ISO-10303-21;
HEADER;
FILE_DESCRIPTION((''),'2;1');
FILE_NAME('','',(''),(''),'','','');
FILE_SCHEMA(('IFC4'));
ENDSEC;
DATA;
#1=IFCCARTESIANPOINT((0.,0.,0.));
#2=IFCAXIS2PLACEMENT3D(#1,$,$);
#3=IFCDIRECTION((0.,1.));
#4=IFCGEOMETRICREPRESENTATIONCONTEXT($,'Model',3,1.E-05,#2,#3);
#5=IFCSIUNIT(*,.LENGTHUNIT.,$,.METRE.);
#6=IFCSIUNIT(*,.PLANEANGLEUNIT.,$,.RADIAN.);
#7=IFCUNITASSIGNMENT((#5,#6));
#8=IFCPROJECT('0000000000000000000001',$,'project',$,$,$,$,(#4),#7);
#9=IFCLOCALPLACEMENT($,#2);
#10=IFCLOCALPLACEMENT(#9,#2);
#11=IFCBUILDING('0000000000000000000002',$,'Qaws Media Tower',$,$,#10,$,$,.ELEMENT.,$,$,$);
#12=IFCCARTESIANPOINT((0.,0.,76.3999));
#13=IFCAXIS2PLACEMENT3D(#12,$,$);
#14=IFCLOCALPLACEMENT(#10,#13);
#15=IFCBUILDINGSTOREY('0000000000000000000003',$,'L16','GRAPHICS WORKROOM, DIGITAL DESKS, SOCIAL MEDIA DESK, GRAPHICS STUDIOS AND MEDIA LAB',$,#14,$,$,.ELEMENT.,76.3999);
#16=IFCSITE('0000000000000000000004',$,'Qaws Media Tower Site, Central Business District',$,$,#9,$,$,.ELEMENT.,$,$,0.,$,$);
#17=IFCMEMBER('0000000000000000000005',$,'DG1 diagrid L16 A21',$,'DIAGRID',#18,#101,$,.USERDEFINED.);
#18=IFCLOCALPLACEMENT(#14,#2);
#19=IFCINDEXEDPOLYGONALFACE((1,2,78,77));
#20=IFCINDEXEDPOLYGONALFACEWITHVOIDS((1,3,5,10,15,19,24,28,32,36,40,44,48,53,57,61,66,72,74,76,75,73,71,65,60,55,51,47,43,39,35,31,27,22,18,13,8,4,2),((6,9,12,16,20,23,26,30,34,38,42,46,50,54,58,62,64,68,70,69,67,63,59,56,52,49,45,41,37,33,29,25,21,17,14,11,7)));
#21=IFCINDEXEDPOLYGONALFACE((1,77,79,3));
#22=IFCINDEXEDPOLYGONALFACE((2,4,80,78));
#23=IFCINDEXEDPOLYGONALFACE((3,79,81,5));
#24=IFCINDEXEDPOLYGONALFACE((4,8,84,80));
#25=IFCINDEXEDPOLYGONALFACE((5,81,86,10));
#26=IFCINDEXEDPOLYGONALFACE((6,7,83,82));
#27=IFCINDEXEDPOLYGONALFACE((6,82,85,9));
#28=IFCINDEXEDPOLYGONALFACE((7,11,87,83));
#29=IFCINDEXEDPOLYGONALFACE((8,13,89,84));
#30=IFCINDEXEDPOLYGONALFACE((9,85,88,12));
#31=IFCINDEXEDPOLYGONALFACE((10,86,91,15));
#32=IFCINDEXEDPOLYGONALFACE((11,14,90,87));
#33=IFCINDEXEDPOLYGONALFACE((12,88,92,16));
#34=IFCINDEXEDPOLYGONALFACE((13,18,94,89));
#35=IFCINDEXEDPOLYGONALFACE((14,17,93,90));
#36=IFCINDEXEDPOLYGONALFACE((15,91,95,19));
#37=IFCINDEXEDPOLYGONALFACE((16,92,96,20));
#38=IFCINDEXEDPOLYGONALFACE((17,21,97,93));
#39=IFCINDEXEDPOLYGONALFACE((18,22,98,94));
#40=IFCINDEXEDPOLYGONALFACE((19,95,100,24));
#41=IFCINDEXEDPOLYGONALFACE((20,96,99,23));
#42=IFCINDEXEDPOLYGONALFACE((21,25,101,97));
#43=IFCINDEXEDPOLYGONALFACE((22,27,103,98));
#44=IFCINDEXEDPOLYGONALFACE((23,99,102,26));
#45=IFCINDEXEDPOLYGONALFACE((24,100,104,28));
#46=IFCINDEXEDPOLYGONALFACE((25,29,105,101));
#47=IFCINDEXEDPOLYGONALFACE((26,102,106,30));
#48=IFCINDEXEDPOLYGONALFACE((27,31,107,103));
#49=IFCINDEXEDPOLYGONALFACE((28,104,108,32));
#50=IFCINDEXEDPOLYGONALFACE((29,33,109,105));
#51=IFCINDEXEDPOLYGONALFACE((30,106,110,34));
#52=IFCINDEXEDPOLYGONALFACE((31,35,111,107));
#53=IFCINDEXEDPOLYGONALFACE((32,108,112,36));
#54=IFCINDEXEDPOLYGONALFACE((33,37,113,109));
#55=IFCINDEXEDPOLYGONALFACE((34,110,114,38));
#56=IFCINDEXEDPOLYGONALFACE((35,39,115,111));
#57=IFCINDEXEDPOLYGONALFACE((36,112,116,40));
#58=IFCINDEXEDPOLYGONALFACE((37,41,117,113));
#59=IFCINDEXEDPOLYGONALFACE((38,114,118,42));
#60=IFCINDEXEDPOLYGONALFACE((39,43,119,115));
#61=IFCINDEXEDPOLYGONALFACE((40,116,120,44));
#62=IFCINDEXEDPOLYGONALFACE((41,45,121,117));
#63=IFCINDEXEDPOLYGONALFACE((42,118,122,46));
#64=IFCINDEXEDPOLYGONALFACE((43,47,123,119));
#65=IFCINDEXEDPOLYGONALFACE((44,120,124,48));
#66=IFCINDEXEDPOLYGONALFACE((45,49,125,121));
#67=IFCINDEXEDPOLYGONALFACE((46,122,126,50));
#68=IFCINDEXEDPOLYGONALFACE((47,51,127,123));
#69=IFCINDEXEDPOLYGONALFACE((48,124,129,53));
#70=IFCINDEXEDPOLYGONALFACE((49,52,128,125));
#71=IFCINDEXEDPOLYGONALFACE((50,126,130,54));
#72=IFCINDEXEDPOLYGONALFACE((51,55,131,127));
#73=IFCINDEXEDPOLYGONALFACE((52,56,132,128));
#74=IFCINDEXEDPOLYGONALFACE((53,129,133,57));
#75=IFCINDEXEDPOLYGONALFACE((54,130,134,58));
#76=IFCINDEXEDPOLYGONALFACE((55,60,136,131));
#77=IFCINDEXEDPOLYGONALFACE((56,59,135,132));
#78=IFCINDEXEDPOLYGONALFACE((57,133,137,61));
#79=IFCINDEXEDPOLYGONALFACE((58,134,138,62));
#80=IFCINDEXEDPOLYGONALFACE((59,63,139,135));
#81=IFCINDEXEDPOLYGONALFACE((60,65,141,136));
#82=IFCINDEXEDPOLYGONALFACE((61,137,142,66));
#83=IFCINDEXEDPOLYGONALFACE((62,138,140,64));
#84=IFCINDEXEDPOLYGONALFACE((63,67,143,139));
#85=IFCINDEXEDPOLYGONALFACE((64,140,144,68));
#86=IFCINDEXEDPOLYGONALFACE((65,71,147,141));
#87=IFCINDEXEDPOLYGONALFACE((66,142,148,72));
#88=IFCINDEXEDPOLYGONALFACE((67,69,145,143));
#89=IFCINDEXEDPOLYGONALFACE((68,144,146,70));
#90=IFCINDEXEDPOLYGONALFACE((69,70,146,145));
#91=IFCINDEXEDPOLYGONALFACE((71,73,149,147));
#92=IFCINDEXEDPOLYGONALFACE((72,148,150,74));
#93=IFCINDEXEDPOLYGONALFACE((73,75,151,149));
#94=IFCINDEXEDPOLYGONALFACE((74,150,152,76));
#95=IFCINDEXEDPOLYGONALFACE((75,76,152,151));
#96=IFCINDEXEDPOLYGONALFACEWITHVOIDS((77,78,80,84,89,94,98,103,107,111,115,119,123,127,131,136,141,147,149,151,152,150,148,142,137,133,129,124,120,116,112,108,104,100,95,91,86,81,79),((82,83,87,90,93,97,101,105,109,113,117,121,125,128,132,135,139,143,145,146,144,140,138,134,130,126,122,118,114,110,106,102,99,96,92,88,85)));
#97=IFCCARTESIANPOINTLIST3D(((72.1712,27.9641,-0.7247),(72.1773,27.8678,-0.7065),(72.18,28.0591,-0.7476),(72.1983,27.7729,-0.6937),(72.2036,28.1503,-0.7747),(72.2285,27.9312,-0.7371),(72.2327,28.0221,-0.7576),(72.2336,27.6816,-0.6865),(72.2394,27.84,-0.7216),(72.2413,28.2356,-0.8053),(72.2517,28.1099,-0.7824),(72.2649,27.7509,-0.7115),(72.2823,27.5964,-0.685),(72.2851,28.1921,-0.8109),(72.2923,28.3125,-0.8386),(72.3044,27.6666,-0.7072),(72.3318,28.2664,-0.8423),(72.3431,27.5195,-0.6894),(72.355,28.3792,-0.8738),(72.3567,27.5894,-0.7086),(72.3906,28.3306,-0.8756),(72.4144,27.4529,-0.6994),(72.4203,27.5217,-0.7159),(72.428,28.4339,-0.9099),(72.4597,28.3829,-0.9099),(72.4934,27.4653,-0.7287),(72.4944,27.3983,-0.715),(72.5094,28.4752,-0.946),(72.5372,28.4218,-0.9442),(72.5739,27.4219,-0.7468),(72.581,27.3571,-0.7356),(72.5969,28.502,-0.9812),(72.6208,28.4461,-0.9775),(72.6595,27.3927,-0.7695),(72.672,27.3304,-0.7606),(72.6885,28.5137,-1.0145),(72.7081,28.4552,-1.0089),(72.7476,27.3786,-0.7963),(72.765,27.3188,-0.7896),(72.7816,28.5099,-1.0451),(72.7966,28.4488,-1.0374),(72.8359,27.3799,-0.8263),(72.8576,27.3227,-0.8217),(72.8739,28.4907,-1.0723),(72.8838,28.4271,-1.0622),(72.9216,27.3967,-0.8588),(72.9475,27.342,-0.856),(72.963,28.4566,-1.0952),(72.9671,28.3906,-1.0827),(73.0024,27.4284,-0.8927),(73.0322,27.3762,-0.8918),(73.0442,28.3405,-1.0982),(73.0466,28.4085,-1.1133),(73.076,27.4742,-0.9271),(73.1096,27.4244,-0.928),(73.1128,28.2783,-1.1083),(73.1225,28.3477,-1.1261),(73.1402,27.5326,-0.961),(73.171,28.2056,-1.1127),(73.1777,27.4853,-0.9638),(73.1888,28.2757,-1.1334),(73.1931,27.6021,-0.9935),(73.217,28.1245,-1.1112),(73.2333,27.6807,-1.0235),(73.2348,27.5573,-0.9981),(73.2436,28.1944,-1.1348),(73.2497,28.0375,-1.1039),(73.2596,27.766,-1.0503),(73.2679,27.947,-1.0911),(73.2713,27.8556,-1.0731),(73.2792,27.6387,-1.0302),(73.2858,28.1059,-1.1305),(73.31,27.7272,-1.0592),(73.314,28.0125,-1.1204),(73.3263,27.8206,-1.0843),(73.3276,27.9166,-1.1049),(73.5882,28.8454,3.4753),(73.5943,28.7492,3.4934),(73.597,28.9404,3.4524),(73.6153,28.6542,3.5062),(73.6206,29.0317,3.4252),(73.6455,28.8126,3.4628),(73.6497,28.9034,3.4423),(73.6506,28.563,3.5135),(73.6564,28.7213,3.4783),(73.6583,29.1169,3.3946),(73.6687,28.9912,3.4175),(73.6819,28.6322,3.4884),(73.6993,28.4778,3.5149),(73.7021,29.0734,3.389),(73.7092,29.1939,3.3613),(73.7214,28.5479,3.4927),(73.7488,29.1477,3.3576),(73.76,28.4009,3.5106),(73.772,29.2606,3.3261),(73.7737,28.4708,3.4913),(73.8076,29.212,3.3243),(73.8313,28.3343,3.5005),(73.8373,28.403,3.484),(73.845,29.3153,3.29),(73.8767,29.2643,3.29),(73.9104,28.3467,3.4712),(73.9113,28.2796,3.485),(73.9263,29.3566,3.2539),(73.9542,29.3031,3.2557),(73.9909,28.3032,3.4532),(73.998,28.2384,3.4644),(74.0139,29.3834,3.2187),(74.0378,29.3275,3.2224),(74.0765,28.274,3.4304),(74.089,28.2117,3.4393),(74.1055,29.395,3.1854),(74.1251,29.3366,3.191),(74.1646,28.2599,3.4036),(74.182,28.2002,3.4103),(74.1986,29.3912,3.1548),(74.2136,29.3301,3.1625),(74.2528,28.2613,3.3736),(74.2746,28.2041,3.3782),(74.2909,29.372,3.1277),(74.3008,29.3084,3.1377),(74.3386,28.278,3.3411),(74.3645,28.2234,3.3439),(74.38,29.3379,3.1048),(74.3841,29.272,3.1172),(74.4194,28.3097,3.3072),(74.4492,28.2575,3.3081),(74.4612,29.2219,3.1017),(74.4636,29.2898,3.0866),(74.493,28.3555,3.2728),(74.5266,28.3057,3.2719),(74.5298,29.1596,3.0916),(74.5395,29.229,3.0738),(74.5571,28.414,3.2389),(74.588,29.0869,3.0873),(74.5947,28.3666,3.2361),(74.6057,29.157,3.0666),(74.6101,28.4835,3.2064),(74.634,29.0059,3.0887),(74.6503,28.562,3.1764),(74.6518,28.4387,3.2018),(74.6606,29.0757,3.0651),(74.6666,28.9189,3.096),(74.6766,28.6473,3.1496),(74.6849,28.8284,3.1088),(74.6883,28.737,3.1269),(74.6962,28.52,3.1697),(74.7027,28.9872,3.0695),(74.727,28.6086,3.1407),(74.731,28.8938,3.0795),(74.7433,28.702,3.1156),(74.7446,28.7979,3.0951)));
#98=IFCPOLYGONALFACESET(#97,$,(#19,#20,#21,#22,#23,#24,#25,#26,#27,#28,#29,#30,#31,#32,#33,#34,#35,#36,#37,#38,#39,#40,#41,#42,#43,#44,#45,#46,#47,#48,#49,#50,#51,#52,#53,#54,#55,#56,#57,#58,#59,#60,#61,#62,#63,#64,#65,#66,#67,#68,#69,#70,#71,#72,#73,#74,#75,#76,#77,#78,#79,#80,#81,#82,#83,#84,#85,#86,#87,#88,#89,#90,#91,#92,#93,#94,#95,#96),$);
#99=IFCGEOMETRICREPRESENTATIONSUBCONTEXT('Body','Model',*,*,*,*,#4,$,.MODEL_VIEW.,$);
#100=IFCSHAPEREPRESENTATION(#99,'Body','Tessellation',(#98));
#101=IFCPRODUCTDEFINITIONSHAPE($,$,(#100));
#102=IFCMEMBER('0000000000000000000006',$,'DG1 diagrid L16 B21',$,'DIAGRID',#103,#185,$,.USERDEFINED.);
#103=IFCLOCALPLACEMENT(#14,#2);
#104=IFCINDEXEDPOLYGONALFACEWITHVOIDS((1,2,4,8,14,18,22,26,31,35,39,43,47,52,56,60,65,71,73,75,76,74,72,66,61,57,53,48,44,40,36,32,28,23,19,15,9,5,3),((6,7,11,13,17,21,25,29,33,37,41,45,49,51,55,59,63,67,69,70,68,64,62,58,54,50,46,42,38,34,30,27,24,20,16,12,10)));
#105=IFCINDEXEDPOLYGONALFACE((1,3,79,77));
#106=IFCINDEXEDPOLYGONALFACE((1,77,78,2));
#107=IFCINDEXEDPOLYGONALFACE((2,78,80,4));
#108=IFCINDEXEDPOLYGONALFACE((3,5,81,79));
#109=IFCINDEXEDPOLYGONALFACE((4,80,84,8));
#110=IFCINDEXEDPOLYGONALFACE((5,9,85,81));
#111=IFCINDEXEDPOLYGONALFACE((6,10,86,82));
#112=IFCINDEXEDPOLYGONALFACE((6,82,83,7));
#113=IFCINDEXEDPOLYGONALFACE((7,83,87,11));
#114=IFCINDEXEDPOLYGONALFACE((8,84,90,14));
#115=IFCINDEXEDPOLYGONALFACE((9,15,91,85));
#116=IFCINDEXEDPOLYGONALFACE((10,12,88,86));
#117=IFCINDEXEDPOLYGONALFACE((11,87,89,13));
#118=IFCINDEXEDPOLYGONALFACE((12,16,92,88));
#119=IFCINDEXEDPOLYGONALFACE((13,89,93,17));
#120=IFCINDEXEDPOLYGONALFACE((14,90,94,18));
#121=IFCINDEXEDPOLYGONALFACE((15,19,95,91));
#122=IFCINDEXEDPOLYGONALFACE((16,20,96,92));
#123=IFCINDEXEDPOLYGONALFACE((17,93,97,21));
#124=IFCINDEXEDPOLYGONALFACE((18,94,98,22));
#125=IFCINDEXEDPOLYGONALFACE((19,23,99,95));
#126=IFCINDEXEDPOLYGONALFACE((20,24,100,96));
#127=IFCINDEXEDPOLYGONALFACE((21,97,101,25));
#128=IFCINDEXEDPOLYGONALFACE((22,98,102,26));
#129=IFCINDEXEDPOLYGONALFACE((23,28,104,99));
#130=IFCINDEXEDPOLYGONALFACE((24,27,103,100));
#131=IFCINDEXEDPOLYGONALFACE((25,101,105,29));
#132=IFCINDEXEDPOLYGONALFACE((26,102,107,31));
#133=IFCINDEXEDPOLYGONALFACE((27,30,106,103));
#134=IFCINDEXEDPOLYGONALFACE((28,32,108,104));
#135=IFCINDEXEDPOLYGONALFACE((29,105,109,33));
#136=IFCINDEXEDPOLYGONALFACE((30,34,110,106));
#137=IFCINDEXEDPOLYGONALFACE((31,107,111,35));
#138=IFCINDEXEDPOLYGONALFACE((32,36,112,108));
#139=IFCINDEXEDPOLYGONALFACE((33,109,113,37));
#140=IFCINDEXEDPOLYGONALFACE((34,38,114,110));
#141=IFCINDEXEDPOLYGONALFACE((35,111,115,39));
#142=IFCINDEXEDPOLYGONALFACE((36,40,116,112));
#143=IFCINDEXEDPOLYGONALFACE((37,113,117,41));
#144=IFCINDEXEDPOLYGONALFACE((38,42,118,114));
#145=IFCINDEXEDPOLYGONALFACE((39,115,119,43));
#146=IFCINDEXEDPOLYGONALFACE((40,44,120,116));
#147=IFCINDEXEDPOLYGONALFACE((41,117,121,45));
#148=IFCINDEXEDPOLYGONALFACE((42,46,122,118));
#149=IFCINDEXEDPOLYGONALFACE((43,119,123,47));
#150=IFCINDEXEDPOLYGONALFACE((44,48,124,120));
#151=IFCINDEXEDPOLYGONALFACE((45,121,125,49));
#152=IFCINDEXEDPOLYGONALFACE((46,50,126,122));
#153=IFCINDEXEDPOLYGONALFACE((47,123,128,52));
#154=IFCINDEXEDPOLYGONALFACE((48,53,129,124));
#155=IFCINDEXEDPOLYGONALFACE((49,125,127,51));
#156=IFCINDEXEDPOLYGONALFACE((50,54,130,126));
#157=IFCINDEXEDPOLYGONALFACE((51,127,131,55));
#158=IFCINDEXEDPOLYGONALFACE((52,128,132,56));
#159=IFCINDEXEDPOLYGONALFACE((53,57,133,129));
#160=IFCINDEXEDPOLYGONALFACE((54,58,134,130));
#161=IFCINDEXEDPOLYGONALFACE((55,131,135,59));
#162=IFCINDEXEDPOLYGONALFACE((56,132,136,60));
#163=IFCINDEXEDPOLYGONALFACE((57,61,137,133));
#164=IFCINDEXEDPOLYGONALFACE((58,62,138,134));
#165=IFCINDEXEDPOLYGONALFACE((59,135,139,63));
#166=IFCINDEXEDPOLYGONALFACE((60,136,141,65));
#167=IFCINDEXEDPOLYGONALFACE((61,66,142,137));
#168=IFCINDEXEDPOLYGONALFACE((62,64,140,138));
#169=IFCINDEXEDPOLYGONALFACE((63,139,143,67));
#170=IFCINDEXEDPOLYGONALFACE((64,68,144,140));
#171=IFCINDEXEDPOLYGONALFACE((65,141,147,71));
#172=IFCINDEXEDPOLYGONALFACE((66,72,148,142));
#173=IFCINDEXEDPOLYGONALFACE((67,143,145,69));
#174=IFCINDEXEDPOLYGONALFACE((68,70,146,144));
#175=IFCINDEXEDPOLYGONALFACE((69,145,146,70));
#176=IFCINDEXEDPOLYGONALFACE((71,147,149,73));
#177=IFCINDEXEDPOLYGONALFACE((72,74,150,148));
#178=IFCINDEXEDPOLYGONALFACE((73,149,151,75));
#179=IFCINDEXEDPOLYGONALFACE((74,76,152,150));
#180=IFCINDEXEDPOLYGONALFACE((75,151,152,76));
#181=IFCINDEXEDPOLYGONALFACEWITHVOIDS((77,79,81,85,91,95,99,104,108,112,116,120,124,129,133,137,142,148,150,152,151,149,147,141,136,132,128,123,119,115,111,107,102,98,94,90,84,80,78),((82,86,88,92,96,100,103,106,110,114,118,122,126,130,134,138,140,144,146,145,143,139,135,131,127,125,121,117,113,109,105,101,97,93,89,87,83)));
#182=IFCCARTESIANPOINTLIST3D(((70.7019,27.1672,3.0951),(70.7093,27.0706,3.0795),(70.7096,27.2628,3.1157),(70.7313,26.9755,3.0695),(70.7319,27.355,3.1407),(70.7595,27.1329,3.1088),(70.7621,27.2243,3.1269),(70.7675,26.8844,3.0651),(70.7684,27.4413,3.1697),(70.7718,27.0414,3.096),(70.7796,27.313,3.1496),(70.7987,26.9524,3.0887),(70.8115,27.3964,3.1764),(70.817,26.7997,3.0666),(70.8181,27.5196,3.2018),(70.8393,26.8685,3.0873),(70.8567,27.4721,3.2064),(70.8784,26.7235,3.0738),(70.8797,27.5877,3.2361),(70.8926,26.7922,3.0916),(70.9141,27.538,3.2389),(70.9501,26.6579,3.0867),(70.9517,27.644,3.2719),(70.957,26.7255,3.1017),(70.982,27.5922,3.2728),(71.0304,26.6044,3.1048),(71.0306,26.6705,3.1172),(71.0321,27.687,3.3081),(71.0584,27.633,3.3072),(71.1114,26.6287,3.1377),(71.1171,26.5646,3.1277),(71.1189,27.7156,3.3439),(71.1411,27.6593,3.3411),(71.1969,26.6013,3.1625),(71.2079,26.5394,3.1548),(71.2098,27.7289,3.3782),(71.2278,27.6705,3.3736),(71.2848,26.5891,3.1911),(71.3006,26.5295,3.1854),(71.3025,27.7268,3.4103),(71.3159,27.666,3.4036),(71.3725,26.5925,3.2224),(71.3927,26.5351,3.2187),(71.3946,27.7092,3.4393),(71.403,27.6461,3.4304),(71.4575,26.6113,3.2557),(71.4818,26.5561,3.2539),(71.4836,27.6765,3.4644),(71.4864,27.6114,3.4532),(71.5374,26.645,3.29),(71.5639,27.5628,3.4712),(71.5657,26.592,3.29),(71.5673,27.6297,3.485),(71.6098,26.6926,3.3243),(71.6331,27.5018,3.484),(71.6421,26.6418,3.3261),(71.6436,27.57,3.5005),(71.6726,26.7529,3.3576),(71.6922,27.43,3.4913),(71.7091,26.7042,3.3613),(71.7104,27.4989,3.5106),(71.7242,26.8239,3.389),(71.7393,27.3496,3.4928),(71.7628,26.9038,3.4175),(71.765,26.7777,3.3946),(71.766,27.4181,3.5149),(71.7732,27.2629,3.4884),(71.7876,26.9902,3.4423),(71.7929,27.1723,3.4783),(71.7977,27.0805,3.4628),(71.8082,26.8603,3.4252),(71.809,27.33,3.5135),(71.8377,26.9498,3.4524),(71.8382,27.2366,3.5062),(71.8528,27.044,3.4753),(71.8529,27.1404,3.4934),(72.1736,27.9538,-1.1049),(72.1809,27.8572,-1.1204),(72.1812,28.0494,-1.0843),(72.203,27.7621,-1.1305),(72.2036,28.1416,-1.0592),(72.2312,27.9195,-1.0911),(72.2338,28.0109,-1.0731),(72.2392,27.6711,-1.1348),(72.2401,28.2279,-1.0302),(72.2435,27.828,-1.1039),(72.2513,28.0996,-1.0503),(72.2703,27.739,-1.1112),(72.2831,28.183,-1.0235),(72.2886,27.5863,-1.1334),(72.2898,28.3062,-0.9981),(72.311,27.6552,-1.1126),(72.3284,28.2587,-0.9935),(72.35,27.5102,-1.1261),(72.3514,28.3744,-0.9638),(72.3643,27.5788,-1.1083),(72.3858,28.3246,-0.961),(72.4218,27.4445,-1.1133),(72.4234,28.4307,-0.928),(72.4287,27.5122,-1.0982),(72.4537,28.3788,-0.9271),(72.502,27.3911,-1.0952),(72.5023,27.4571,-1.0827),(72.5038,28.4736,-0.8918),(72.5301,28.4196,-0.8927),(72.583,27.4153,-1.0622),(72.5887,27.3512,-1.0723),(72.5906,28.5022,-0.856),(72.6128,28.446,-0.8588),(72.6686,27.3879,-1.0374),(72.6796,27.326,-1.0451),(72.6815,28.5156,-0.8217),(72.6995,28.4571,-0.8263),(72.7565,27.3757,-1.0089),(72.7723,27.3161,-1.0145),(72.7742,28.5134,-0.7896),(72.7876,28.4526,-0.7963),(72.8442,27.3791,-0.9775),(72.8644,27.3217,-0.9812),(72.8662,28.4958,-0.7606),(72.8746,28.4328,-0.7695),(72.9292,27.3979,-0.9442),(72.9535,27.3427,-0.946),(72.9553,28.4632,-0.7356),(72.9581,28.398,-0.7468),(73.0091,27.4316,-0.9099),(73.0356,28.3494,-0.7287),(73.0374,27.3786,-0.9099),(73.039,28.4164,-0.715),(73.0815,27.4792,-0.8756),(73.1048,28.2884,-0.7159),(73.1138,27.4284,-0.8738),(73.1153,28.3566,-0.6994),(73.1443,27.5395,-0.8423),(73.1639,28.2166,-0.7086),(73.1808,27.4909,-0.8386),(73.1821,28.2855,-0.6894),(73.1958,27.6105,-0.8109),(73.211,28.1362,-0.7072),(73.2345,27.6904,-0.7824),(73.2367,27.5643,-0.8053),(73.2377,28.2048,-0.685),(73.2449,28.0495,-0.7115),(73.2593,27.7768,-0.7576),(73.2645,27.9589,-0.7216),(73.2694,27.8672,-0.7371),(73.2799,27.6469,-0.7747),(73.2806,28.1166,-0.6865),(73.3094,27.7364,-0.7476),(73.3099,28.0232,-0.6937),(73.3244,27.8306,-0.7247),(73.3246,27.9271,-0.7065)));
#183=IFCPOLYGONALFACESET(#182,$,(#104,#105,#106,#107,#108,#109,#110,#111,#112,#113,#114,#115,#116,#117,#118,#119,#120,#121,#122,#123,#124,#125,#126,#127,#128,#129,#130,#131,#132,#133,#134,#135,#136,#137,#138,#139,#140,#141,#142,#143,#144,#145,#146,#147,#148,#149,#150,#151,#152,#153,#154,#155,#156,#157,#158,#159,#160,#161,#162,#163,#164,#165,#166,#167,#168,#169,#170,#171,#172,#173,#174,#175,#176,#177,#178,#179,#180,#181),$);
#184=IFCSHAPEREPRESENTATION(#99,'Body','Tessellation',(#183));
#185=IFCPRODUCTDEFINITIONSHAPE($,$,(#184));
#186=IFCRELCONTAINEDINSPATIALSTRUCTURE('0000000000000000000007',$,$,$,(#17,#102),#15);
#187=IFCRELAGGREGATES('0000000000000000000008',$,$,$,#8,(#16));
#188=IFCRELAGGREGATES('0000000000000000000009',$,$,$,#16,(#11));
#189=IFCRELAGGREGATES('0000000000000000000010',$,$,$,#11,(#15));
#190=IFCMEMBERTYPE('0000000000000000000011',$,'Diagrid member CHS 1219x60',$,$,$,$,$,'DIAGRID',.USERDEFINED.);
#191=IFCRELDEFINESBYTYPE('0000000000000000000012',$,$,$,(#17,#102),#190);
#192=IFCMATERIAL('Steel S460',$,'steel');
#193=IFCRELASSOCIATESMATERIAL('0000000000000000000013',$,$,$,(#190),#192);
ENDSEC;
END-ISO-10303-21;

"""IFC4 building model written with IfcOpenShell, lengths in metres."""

from ifc_helpers import new_model, si_unit, direction, frame, origin, origin_2d, place, context, subcontext, project, spatial, hollow_circle, extrude, material, material_profile, profile_set, type_object, element, save


model = new_model("IFC4")

# Units and contexts
model_context = context("Model", 3, precision=1e-05, world=origin(), true_north=direction((0.0, 1.0)))
body_context = subcontext(model_context, "Body", "Model", "MODEL_VIEW")
ifc_project = project(units=[si_unit("LENGTHUNIT", "METRE"), si_unit("PLANEANGLEUNIT", "RADIAN")], contexts=[model_context])

# Site, building, storey
site_placement = place(None, origin())
site = spatial("IfcSite", under=ifc_project, at=site_placement, Name="Qaws Media Tower Site, Central Business District", CompositionType="ELEMENT", RefElevation=0.0)
building_placement = place(site_placement, origin())
building = spatial("IfcBuilding", under=site, at=building_placement, Name="Qaws Media Tower", CompositionType="ELEMENT")
storey_placement = place(building_placement, frame((0.0, 0.0, 76.3999)))
storey = spatial("IfcBuildingStorey", under=building, at=storey_placement, Name="L16", Description="GRAPHICS WORKROOM, DIGITAL DESKS, SOCIAL MEDIA DESK, GRAPHICS STUDIOS AND MEDIA LAB", CompositionType="ELEMENT", Elevation=76.3999)

# Members
ifc_material_1 = material(Name="Steel S460", Category="steel")
ifc_material_profile_1 = material_profile(ifc_material_1, hollow_circle(Radius=0.6096, WallThickness=0.0601, at=origin_2d()), Name="CHS 1219x60")
ifc_profile_set_1 = profile_set([ifc_material_profile_1], Name="Steel S460")
member_type_1 = type_object("IfcMemberType", Name="Diagrid member CHS 1219x60", ElementType="DIAGRID", PredefinedType="USERDEFINED", material=ifc_profile_set_1)
for number, where, z_axis, x_axis, name in (
    (1, (72.75, 27.9163, -0.9099), (0.313541, 0.195018, 0.929333), (-0.528157, 0.849147, 0.0), "DG1 diagrid L16 A21"),
    (2, (72.75, 27.9163, -0.9099), (-0.325642, -0.174058, 0.929334), (0.471393, -0.881923, 0.0), "DG1 diagrid L16 B21"),
):
    element("IfcMember", number, at=place(storey_placement, frame(where, z_axis=z_axis, x_axis=x_axis)), inside=storey, type_object=member_type_1, Name=name, ObjectType="DIAGRID", PredefinedType="USERDEFINED", context=body_context, shape_type="SweptSolid", body=[
        extrude(hollow_circle(Radius=0.6096, WallThickness=0.0601, at=origin_2d()), origin(), (0.0, 0.0, 1.0), 4.5193),
    ])

save(model, "model.ifc")
